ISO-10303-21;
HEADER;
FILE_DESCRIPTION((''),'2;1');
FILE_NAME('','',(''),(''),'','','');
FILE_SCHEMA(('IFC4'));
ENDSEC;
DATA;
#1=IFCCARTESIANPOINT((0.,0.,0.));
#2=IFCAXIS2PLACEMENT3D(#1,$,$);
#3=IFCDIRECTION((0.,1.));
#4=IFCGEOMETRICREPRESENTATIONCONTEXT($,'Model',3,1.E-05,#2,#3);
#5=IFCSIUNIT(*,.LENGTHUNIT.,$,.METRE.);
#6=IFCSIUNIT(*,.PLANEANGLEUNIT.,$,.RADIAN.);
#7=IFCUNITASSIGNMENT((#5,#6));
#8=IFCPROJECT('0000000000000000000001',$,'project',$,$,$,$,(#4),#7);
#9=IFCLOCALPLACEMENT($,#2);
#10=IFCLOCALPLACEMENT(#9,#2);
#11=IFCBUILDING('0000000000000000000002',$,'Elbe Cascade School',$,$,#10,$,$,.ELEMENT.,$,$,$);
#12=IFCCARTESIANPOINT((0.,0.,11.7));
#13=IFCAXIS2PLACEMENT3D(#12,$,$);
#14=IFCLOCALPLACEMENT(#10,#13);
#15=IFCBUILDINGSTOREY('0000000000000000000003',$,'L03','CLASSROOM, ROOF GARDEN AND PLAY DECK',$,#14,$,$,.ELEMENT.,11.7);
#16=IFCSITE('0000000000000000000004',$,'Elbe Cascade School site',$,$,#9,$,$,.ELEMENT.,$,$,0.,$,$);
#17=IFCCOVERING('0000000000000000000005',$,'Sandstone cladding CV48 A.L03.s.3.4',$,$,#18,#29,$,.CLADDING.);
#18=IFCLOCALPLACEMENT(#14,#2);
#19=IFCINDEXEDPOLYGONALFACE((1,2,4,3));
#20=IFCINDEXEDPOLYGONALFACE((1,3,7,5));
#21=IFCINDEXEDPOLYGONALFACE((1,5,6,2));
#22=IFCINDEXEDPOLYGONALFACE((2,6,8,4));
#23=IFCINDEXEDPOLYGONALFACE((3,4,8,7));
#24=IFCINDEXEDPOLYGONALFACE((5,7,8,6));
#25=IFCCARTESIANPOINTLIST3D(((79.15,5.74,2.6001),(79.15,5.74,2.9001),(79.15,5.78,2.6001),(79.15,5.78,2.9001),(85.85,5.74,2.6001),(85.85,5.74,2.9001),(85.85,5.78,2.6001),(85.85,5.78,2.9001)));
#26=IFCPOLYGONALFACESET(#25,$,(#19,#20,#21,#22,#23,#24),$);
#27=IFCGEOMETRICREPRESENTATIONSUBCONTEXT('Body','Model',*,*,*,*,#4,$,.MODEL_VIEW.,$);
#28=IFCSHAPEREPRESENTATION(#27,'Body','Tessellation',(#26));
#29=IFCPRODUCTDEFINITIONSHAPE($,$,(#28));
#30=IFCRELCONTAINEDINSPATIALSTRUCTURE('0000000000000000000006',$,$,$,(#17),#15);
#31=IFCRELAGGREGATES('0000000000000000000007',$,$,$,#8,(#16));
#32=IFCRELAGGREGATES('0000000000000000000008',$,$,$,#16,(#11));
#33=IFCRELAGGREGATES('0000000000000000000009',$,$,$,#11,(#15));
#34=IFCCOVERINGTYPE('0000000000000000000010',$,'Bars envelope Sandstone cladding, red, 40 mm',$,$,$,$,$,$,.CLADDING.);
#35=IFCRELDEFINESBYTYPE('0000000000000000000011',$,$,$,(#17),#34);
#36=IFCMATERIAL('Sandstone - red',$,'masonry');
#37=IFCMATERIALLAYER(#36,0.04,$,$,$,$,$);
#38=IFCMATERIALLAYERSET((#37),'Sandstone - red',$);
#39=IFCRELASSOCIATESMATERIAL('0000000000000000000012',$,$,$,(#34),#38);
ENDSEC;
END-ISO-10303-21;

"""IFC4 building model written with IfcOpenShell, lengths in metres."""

from ifc_helpers import new_model, si_unit, direction, frame, origin, origin_2d, place, context, subcontext, project, spatial, rectangle, extrude, material, layer, layer_set, type_object, element, save


model = new_model("IFC4")

# Units and contexts
model_context = context("Model", 3, precision=1e-05, world=origin(), true_north=direction((0.0, 1.0)))
body_context = subcontext(model_context, "Body", "Model", "MODEL_VIEW")
ifc_project = project(units=[si_unit("LENGTHUNIT", "METRE"), si_unit("PLANEANGLEUNIT", "RADIAN")], contexts=[model_context])

# Site, building, storey
site_placement = place(None, origin())
site = spatial("IfcSite", under=ifc_project, at=site_placement, Name="Elbe Cascade School site", CompositionType="ELEMENT", RefElevation=0.0)
building_placement = place(site_placement, origin())
building = spatial("IfcBuilding", under=site, at=building_placement, Name="Elbe Cascade School", CompositionType="ELEMENT")
storey_placement = place(building_placement, frame((0.0, 0.0, 11.7)))
storey = spatial("IfcBuildingStorey", under=building, at=storey_placement, Name="L03", Description="CLASSROOM, ROOF GARDEN AND PLAY DECK", CompositionType="ELEMENT", Elevation=11.7)

# Covering
ifc_material_1 = material(Name="Sandstone - red", Category="masonry")
ifc_layer_1 = layer(ifc_material_1, 0.04)
ifc_layer_set_1 = layer_set([ifc_layer_1], Name="Sandstone - red")
covering_type_1 = type_object("IfcCoveringType", Name="Bars envelope Sandstone cladding, red, 40 mm", PredefinedType="CLADDING", material=ifc_layer_set_1)
covering_1_placement = place(storey_placement, frame((82.5, 5.76, 2.6001), z_axis=(0.0, 0.0, 1.0), x_axis=(1.0, 0.0, 0.0)))
element("IfcCovering", 1, at=covering_1_placement, inside=storey, type_object=covering_type_1, Name="Sandstone cladding CV48 A.L03.s.3.4", PredefinedType="CLADDING", context=body_context, shape_type="SweptSolid", body=[
    extrude(rectangle(XDim=6.7, YDim=0.04, at=origin_2d()), origin(), (0.0, 0.0, 1.0), 0.3),
])

save(model, "model.ifc")
